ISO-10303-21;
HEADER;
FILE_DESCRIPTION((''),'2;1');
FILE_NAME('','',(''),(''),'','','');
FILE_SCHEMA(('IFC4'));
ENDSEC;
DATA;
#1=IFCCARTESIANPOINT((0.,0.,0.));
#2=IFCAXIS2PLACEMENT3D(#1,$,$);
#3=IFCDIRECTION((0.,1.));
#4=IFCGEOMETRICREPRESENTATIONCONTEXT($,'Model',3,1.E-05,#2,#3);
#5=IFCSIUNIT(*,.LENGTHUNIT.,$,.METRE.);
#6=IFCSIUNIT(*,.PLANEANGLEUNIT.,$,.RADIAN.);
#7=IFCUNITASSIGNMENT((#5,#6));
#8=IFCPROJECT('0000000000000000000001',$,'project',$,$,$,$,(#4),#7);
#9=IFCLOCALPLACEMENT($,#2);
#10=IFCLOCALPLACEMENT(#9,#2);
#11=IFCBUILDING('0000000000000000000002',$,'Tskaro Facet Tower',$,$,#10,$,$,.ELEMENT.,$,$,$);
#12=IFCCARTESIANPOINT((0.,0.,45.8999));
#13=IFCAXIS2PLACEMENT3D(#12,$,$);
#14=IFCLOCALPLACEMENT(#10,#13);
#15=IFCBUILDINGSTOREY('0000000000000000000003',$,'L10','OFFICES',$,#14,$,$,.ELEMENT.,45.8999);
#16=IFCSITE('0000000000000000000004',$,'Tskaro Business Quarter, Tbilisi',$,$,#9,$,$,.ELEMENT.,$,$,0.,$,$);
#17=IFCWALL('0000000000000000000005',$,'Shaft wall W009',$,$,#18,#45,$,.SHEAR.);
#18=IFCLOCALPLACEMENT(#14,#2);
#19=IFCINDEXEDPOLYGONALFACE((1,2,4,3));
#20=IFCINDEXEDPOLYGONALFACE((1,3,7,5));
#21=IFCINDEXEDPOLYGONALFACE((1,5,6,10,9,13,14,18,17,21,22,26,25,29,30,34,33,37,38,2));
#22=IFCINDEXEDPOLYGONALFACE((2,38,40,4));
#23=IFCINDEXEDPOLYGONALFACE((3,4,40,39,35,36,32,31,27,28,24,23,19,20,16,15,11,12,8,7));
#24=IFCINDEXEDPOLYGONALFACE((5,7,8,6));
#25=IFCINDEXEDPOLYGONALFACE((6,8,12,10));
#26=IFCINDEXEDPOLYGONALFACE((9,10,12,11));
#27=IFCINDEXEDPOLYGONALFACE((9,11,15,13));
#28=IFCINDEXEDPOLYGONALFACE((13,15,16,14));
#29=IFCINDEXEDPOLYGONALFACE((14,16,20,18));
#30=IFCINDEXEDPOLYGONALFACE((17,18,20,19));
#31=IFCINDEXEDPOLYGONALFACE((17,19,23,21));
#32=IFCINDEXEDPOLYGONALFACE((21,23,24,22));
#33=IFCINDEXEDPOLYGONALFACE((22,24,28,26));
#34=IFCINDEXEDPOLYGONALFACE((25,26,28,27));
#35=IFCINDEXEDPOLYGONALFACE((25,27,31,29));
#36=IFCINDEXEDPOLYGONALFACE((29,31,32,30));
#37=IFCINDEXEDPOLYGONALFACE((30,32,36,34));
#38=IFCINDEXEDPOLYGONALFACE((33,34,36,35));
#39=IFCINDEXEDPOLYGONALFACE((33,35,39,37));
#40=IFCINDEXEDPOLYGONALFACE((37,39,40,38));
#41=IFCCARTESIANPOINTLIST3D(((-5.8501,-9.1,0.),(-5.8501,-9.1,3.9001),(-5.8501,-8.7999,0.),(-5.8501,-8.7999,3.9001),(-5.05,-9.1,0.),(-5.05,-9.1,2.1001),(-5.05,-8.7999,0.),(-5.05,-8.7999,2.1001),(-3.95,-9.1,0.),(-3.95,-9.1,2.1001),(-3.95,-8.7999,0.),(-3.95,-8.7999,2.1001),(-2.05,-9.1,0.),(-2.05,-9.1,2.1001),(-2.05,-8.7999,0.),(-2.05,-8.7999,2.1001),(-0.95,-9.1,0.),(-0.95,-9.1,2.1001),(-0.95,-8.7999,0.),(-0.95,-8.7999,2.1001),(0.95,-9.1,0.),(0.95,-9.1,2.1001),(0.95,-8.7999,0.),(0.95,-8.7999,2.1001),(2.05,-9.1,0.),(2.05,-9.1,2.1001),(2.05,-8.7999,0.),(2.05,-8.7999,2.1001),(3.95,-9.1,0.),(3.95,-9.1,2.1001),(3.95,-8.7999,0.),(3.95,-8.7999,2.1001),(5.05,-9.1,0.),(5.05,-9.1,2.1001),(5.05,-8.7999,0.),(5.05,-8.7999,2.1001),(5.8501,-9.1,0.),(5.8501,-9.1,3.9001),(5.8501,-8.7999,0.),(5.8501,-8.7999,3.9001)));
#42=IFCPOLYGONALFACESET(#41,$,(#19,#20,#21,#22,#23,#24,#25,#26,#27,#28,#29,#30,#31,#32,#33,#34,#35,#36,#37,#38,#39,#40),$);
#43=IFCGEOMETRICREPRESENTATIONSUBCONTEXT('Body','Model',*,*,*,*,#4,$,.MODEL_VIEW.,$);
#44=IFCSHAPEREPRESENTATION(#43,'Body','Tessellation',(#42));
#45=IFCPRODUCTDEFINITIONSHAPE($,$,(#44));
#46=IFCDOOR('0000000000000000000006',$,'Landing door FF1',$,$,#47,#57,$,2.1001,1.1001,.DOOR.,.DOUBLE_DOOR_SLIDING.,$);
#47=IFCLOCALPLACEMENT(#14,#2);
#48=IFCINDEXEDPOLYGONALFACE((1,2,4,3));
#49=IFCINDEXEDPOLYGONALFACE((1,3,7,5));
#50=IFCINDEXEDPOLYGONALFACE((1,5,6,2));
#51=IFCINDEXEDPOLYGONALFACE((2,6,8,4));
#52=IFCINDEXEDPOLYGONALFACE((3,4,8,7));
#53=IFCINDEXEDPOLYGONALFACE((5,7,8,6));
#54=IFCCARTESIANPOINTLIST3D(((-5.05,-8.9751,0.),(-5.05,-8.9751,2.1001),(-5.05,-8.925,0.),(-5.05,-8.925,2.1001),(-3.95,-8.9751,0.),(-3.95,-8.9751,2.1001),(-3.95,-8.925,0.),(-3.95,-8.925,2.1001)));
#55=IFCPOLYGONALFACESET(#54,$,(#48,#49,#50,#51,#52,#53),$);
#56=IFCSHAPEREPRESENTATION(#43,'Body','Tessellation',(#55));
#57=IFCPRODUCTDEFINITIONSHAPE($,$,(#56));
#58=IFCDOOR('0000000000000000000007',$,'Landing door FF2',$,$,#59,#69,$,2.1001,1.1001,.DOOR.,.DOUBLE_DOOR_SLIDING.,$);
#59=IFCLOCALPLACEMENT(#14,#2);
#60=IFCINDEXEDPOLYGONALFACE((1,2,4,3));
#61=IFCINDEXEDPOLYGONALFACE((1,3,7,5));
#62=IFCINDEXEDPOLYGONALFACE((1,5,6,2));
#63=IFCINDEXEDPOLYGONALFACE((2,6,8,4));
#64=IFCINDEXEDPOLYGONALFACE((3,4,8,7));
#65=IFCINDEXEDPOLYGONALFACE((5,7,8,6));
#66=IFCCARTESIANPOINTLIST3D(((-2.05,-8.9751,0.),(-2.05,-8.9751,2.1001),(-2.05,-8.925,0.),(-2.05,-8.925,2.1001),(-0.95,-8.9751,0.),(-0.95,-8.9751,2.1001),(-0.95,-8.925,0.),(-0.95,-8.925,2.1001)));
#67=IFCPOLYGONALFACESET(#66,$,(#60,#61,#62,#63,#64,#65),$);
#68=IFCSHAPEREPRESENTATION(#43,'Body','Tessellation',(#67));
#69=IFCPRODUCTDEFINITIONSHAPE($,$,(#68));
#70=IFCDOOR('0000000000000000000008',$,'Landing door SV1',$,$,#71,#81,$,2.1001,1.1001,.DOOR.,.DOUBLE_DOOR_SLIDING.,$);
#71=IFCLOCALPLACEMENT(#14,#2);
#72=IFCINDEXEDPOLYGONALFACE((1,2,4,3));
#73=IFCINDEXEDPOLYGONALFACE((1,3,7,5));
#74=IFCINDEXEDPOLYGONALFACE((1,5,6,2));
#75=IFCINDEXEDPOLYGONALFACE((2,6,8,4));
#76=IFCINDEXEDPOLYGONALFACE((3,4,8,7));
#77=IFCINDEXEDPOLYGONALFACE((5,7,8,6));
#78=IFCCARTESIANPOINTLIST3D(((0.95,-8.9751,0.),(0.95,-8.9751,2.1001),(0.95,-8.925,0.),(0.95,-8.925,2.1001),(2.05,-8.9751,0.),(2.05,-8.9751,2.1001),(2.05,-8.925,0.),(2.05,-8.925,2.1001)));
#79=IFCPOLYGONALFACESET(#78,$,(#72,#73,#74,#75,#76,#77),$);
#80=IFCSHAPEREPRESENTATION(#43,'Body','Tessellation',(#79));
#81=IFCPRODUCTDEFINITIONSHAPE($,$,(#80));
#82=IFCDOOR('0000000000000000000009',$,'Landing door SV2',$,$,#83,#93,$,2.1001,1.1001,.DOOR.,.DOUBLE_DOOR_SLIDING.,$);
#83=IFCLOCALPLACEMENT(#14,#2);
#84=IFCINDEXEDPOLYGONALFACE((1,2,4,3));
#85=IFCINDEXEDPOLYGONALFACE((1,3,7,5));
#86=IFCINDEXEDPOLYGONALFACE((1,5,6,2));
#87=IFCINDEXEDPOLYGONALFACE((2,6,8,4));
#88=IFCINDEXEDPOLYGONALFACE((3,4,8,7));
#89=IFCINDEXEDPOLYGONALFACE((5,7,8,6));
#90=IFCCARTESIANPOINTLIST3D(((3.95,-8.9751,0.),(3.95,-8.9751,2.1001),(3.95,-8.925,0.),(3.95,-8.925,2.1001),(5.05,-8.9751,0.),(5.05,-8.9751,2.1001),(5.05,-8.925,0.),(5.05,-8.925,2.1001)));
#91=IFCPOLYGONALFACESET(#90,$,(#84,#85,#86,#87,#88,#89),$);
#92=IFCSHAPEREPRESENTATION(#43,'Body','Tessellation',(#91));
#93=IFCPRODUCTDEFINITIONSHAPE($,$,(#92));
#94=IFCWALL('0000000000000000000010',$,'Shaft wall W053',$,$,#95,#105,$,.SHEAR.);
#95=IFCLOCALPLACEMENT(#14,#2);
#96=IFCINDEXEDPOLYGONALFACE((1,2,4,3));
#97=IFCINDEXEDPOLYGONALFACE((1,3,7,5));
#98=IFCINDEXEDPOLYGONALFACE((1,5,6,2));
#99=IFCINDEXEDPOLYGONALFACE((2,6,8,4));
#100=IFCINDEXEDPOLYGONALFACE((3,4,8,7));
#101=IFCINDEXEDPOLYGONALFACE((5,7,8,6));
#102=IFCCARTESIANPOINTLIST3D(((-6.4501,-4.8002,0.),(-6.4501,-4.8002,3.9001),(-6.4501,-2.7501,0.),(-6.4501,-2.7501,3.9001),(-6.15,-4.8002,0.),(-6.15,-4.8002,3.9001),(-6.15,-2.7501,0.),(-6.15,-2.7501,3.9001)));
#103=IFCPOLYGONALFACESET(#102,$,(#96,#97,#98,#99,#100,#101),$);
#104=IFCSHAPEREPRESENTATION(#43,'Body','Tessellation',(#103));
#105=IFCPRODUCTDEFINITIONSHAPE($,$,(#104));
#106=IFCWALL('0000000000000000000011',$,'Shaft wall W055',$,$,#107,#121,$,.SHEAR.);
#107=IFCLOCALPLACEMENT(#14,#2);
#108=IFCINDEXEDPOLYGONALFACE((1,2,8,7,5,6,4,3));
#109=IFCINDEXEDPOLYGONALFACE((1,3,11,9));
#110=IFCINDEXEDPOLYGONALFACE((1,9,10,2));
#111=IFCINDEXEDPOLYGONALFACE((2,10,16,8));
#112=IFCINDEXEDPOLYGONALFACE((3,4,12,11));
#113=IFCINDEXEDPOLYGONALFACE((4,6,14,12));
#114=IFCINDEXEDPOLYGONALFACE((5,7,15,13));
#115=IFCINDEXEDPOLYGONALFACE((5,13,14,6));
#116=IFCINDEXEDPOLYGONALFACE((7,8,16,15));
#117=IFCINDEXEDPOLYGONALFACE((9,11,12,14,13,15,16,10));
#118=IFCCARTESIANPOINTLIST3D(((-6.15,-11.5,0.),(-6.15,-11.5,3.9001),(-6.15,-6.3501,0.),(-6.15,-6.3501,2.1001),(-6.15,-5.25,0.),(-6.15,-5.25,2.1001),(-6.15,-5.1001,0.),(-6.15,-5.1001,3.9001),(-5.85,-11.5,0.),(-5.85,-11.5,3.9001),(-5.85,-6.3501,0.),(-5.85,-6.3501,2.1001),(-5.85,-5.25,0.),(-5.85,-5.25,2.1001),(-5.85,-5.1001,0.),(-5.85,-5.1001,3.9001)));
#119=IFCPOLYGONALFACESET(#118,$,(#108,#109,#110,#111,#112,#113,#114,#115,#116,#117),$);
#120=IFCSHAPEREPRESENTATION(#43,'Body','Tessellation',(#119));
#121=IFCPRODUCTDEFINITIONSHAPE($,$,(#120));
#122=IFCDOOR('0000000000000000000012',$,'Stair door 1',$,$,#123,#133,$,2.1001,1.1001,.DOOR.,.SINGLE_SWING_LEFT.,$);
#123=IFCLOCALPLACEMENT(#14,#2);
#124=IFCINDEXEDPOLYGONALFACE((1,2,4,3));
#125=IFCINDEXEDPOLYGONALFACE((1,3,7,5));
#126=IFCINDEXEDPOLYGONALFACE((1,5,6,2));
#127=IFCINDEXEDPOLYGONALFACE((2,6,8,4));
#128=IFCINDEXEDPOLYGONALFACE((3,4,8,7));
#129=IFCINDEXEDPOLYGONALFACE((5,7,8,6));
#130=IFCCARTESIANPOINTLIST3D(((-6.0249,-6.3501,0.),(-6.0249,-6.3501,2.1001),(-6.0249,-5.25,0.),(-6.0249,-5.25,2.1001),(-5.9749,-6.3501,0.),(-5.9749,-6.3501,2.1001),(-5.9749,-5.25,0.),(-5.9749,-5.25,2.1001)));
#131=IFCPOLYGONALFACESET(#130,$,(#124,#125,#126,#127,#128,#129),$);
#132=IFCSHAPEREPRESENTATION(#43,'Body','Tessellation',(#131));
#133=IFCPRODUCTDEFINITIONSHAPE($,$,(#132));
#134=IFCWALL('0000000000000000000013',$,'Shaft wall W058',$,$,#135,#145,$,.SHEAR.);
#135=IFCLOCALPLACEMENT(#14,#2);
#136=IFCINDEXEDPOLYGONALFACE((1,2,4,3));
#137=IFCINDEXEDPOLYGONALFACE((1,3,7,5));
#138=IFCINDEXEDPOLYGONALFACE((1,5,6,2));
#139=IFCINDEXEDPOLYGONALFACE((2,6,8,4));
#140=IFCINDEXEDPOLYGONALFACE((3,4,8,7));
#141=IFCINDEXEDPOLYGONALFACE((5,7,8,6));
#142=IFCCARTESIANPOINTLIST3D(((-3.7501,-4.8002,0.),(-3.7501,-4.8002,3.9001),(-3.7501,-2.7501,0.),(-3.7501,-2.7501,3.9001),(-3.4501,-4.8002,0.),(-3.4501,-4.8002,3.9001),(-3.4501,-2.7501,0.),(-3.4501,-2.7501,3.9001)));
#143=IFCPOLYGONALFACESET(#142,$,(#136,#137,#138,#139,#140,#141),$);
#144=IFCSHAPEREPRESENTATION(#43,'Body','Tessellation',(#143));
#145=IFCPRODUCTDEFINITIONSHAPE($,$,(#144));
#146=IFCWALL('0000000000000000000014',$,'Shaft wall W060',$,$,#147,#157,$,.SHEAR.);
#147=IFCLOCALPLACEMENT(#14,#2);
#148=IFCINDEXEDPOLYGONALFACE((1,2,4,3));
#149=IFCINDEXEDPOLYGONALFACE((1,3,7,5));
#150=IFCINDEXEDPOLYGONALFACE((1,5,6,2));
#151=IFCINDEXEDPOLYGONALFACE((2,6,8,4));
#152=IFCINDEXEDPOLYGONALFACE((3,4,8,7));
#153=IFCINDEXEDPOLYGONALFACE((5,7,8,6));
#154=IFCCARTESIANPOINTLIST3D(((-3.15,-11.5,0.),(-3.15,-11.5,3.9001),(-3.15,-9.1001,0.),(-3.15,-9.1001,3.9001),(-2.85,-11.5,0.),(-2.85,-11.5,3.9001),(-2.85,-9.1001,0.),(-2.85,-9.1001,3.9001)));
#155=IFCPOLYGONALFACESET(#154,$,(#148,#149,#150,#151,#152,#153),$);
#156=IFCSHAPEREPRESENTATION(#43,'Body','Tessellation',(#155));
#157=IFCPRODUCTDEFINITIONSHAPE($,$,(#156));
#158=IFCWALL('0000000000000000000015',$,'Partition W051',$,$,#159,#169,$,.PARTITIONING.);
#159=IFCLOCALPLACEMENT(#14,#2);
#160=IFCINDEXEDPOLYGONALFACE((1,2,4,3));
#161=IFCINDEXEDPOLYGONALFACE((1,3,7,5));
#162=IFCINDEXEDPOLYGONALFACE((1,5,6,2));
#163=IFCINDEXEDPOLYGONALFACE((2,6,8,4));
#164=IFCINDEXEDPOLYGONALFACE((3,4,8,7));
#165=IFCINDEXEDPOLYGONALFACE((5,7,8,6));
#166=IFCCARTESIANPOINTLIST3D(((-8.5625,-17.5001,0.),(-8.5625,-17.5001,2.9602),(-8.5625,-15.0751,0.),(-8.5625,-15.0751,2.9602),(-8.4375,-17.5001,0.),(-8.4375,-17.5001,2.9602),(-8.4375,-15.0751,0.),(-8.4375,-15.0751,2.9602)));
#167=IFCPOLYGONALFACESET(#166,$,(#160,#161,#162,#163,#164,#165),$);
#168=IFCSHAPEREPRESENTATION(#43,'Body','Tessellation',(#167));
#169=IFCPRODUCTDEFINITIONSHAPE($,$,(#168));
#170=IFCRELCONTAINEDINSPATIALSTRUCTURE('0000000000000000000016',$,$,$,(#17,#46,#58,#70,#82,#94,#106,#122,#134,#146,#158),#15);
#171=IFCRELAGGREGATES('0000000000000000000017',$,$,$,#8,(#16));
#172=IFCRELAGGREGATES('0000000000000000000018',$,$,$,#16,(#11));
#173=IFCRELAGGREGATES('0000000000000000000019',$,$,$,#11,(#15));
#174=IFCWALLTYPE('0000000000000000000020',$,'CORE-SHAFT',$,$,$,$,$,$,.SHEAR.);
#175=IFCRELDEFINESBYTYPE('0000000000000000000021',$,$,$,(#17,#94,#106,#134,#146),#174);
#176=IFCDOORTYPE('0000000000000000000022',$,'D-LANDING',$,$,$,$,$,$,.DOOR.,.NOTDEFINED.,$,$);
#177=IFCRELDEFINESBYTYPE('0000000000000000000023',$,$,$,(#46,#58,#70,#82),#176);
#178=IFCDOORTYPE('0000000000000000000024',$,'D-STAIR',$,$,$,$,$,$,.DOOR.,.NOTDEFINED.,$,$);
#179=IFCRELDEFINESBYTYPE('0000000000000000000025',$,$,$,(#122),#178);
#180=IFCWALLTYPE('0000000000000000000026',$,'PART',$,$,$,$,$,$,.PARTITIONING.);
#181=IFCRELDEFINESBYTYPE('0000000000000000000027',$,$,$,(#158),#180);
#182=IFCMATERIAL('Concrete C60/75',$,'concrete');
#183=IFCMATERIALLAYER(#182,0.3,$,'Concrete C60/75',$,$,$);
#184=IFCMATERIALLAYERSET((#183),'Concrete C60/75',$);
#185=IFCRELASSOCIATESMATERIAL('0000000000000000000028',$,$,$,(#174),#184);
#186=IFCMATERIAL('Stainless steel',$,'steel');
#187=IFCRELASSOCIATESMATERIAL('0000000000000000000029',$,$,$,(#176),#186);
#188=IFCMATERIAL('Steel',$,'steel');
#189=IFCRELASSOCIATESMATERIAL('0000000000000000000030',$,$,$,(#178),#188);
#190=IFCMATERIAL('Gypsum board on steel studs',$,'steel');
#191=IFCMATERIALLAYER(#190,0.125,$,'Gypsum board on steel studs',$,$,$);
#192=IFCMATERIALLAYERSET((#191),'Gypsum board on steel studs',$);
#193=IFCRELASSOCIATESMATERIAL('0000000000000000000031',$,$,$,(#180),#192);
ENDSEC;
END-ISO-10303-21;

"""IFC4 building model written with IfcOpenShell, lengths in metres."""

from ifc_helpers import new_model, si_unit, direction, frame, frame_2d, origin, place, context, subcontext, project, spatial, rectangle, extrude, material, layer, layer_set, type_object, element, fill, save


model = new_model("IFC4")

# Units and contexts
model_context = context("Model", 3, precision=1e-05, world=origin(), true_north=direction((0.0, 1.0)))
body_context = subcontext(model_context, "Body", "Model", "MODEL_VIEW")
ifc_project = project(units=[si_unit("LENGTHUNIT", "METRE"), si_unit("PLANEANGLEUNIT", "RADIAN")], contexts=[model_context])

# Site, building, storey
site_placement = place(None, origin())
site = spatial("IfcSite", under=ifc_project, at=site_placement, Name="Tskaro Business Quarter, Tbilisi", CompositionType="ELEMENT", RefElevation=0.0)
building_placement = place(site_placement, origin())
building = spatial("IfcBuilding", under=site, at=building_placement, Name="Tskaro Facet Tower", CompositionType="ELEMENT")
storey_placement = place(building_placement, frame((0.0, 0.0, 45.8999)))
storey = spatial("IfcBuildingStorey", under=building, at=storey_placement, Name="L10", Description="OFFICES", CompositionType="ELEMENT", Elevation=45.8999)

# Wall, openings, doors
ifc_material_1 = material(Name="Concrete C60/75", Category="concrete")
ifc_layer_1 = layer(ifc_material_1, 0.3, Name="Concrete C60/75")
ifc_layer_set_1 = layer_set([ifc_layer_1], Name="Concrete C60/75")
wall_type_1 = type_object("IfcWallType", Name="CORE-SHAFT", PredefinedType="SHEAR", material=ifc_layer_set_1)
wall_1_placement = place(storey_placement, frame((-5.8501, -8.95, 0.0), z_axis=(0.0, 0.0, 1.0), x_axis=(1.0, 0.0, 0.0)))
wall_1 = element("IfcWall", 1, at=wall_1_placement, inside=storey, type_object=wall_type_1, Name="Shaft wall W009", PredefinedType="SHEAR", context=body_context, shape_type="SweptSolid", body=[
    extrude(rectangle(XDim=11.7002, YDim=0.3, at=frame_2d((5.8501, 0.0))), origin(), (0.0, 0.0, 1.0), 3.9001),
])
opening_1_placement = place(wall_1_placement, frame((0.8, 0.0, 0.0)))
opening_1 = element("IfcOpeningElement", 2, at=opening_1_placement, cuts=wall_1, PredefinedType="OPENING", context=body_context, shape_type="SweptSolid", body=[
    extrude(rectangle(XDim=1.1001, YDim=2.1001, at=frame_2d((0.55, 1.05))), frame((0.0, 0.1599, 0.0), z_axis=(0.0, -1.0, 0.0), x_axis=(1.0, 0.0, 0.0)), (0.0, 0.0, 1.0), 0.3201),
])
opening_2_placement = place(wall_1_placement, frame((3.8, 0.0, 0.0)))
opening_2 = element("IfcOpeningElement", 3, at=opening_2_placement, cuts=wall_1, PredefinedType="OPENING", context=body_context, shape_type="SweptSolid", body=[
    extrude(rectangle(XDim=1.1001, YDim=2.1001, at=frame_2d((0.55, 1.05))), frame((0.0, 0.1599, 0.0), z_axis=(0.0, -1.0, 0.0), x_axis=(1.0, 0.0, 0.0)), (0.0, 0.0, 1.0), 0.3201),
])
opening_3_placement = place(wall_1_placement, frame((6.8, 0.0, 0.0)))
opening_3 = element("IfcOpeningElement", 4, at=opening_3_placement, cuts=wall_1, PredefinedType="OPENING", context=body_context, shape_type="SweptSolid", body=[
    extrude(rectangle(XDim=1.1001, YDim=2.1001, at=frame_2d((0.55, 1.05))), frame((0.0, 0.1599, 0.0), z_axis=(0.0, -1.0, 0.0), x_axis=(1.0, 0.0, 0.0)), (0.0, 0.0, 1.0), 0.3201),
])
opening_4_placement = place(wall_1_placement, frame((9.8, 0.0, 0.0)))
opening_4 = element("IfcOpeningElement", 5, at=opening_4_placement, cuts=wall_1, PredefinedType="OPENING", context=body_context, shape_type="SweptSolid", body=[
    extrude(rectangle(XDim=1.1001, YDim=2.1001, at=frame_2d((0.55, 1.05))), frame((0.0, 0.1599, 0.0), z_axis=(0.0, -1.0, 0.0), x_axis=(1.0, 0.0, 0.0)), (0.0, 0.0, 1.0), 0.3201),
])
ifc_material_2 = material(Name="Stainless steel", Category="steel")
door_type_1 = type_object("IfcDoorType", Name="D-LANDING", OperationType="NOTDEFINED", PredefinedType="DOOR", material=ifc_material_2)
door_1_placement = place(opening_1_placement, origin())
door_1 = element("IfcDoor", 6, at=door_1_placement, inside=storey, type_object=door_type_1, Name="Landing door FF1", OperationType="DOUBLE_DOOR_SLIDING", OverallHeight=2.1001, OverallWidth=1.1001, PredefinedType="DOOR", context=body_context, shape_type="SweptSolid", body=[
    extrude(rectangle(XDim=1.1001, YDim=2.1001, at=frame_2d((0.55, 1.05))), frame((0.0, 0.0249, 0.0), z_axis=(0.0, -1.0, 0.0), x_axis=(1.0, 0.0, 0.0)), (0.0, 0.0, 1.0), 0.05),
])
fill(opening_1, door_1)
door_2_placement = place(opening_2_placement, origin())
door_2 = element("IfcDoor", 7, at=door_2_placement, inside=storey, type_object=door_type_1, Name="Landing door FF2", OperationType="DOUBLE_DOOR_SLIDING", OverallHeight=2.1001, OverallWidth=1.1001, PredefinedType="DOOR", context=body_context, shape_type="SweptSolid", body=[
    extrude(rectangle(XDim=1.1001, YDim=2.1001, at=frame_2d((0.55, 1.05))), frame((0.0, 0.0249, 0.0), z_axis=(0.0, -1.0, 0.0), x_axis=(1.0, 0.0, 0.0)), (0.0, 0.0, 1.0), 0.05),
])
fill(opening_2, door_2)
door_3_placement = place(opening_3_placement, origin())
door_3 = element("IfcDoor", 8, at=door_3_placement, inside=storey, type_object=door_type_1, Name="Landing door SV1", OperationType="DOUBLE_DOOR_SLIDING", OverallHeight=2.1001, OverallWidth=1.1001, PredefinedType="DOOR", context=body_context, shape_type="SweptSolid", body=[
    extrude(rectangle(XDim=1.1001, YDim=2.1001, at=frame_2d((0.55, 1.05))), frame((0.0, 0.0249, 0.0), z_axis=(0.0, -1.0, 0.0), x_axis=(1.0, 0.0, 0.0)), (0.0, 0.0, 1.0), 0.05),
])
fill(opening_3, door_3)
door_4_placement = place(opening_4_placement, origin())
door_4 = element("IfcDoor", 9, at=door_4_placement, inside=storey, type_object=door_type_1, Name="Landing door SV2", OperationType="DOUBLE_DOOR_SLIDING", OverallHeight=2.1001, OverallWidth=1.1001, PredefinedType="DOOR", context=body_context, shape_type="SweptSolid", body=[
    extrude(rectangle(XDim=1.1001, YDim=2.1001, at=frame_2d((0.55, 1.05))), frame((0.0, 0.0249, 0.0), z_axis=(0.0, -1.0, 0.0), x_axis=(1.0, 0.0, 0.0)), (0.0, 0.0, 1.0), 0.05),
])
fill(opening_4, door_4)

# Wall
wall_2_placement = place(storey_placement, frame((-6.3, -4.8, 0.0), z_axis=(0.0, 0.0, 1.0), x_axis=(0.0, 1.0, 0.0)))
element("IfcWall", 10, at=wall_2_placement, inside=storey, type_object=wall_type_1, Name="Shaft wall W053", PredefinedType="SHEAR", context=body_context, shape_type="SweptSolid", body=[
    extrude(rectangle(XDim=2.05, YDim=0.3, at=frame_2d((1.0249, 0.0))), origin(), (0.0, 0.0, 1.0), 3.9001),
])

# Wall, opening, door
wall_3_placement = place(storey_placement, frame((-6.0, -11.5, 0.0), z_axis=(0.0, 0.0, 1.0), x_axis=(0.0, 1.0, 0.0)))
wall_3 = element("IfcWall", 11, at=wall_3_placement, inside=storey, type_object=wall_type_1, Name="Shaft wall W055", PredefinedType="SHEAR", context=body_context, shape_type="SweptSolid", body=[
    extrude(rectangle(XDim=6.3999, YDim=0.3, at=frame_2d((3.2, 0.0))), origin(), (0.0, 0.0, 1.0), 3.9001),
])
opening_5_placement = place(wall_3_placement, frame((5.1499, 0.0, 0.0)))
opening_5 = element("IfcOpeningElement", 12, at=opening_5_placement, cuts=wall_3, PredefinedType="OPENING", context=body_context, shape_type="SweptSolid", body=[
    extrude(rectangle(XDim=1.1001, YDim=2.1001, at=frame_2d((0.55, 1.05))), frame((0.0, 0.1599, 0.0), z_axis=(0.0, -1.0, 0.0), x_axis=(1.0, 0.0, 0.0)), (0.0, 0.0, 1.0), 0.3201),
])
ifc_material_3 = material(Name="Steel", Category="steel")
door_type_2 = type_object("IfcDoorType", Name="D-STAIR", OperationType="NOTDEFINED", PredefinedType="DOOR", material=ifc_material_3)
door_5_placement = place(opening_5_placement, origin())
door_5 = element("IfcDoor", 13, at=door_5_placement, inside=storey, type_object=door_type_2, Name="Stair door 1", OperationType="SINGLE_SWING_LEFT", OverallHeight=2.1001, OverallWidth=1.1001, PredefinedType="DOOR", context=body_context, shape_type="SweptSolid", body=[
    extrude(rectangle(XDim=1.1001, YDim=2.1001, at=frame_2d((0.55, 1.05))), frame((0.0, 0.0249, 0.0), z_axis=(0.0, -1.0, 0.0), x_axis=(1.0, 0.0, 0.0)), (0.0, 0.0, 1.0), 0.05),
])
fill(opening_5, door_5)

# Walls
wall_4_placement = place(storey_placement, frame((-3.6001, -4.8, 0.0), z_axis=(0.0, 0.0, 1.0), x_axis=(0.0, 1.0, 0.0)))
element("IfcWall", 14, at=wall_4_placement, inside=storey, type_object=wall_type_1, Name="Shaft wall W058", PredefinedType="SHEAR", context=body_context, shape_type="SweptSolid", body=[
    extrude(rectangle(XDim=2.05, YDim=0.3, at=frame_2d((1.0249, 0.0))), origin(), (0.0, 0.0, 1.0), 3.9001),
])
wall_5_placement = place(storey_placement, frame((-3.0, -11.5, 0.0), z_axis=(0.0, 0.0, 1.0), x_axis=(0.0, 1.0, 0.0)))
element("IfcWall", 15, at=wall_5_placement, inside=storey, type_object=wall_type_1, Name="Shaft wall W060", PredefinedType="SHEAR", context=body_context, shape_type="SweptSolid", body=[
    extrude(rectangle(XDim=2.3999, YDim=0.3, at=frame_2d((1.2, 0.0))), origin(), (0.0, 0.0, 1.0), 3.9001),
])
ifc_material_4 = material(Name="Gypsum board on steel studs", Category="steel")
ifc_layer_2 = layer(ifc_material_4, 0.125, Name="Gypsum board on steel studs")
ifc_layer_set_2 = layer_set([ifc_layer_2], Name="Gypsum board on steel studs")
wall_type_2 = type_object("IfcWallType", Name="PART", PredefinedType="PARTITIONING", material=ifc_layer_set_2)
wall_6_placement = place(storey_placement, frame((-8.5, -17.5, 0.0), z_axis=(0.0, 0.0, 1.0), x_axis=(0.0, 1.0, 0.0)))
element("IfcWall", 16, at=wall_6_placement, inside=storey, type_object=wall_type_2, Name="Partition W051", PredefinedType="PARTITIONING", context=body_context, shape_type="SweptSolid", body=[
    extrude(rectangle(XDim=2.425, YDim=0.125, at=frame_2d((1.2124, 0.0))), origin(), (0.0, 0.0, 1.0), 2.9602),
])

save(model, "model.ifc")
